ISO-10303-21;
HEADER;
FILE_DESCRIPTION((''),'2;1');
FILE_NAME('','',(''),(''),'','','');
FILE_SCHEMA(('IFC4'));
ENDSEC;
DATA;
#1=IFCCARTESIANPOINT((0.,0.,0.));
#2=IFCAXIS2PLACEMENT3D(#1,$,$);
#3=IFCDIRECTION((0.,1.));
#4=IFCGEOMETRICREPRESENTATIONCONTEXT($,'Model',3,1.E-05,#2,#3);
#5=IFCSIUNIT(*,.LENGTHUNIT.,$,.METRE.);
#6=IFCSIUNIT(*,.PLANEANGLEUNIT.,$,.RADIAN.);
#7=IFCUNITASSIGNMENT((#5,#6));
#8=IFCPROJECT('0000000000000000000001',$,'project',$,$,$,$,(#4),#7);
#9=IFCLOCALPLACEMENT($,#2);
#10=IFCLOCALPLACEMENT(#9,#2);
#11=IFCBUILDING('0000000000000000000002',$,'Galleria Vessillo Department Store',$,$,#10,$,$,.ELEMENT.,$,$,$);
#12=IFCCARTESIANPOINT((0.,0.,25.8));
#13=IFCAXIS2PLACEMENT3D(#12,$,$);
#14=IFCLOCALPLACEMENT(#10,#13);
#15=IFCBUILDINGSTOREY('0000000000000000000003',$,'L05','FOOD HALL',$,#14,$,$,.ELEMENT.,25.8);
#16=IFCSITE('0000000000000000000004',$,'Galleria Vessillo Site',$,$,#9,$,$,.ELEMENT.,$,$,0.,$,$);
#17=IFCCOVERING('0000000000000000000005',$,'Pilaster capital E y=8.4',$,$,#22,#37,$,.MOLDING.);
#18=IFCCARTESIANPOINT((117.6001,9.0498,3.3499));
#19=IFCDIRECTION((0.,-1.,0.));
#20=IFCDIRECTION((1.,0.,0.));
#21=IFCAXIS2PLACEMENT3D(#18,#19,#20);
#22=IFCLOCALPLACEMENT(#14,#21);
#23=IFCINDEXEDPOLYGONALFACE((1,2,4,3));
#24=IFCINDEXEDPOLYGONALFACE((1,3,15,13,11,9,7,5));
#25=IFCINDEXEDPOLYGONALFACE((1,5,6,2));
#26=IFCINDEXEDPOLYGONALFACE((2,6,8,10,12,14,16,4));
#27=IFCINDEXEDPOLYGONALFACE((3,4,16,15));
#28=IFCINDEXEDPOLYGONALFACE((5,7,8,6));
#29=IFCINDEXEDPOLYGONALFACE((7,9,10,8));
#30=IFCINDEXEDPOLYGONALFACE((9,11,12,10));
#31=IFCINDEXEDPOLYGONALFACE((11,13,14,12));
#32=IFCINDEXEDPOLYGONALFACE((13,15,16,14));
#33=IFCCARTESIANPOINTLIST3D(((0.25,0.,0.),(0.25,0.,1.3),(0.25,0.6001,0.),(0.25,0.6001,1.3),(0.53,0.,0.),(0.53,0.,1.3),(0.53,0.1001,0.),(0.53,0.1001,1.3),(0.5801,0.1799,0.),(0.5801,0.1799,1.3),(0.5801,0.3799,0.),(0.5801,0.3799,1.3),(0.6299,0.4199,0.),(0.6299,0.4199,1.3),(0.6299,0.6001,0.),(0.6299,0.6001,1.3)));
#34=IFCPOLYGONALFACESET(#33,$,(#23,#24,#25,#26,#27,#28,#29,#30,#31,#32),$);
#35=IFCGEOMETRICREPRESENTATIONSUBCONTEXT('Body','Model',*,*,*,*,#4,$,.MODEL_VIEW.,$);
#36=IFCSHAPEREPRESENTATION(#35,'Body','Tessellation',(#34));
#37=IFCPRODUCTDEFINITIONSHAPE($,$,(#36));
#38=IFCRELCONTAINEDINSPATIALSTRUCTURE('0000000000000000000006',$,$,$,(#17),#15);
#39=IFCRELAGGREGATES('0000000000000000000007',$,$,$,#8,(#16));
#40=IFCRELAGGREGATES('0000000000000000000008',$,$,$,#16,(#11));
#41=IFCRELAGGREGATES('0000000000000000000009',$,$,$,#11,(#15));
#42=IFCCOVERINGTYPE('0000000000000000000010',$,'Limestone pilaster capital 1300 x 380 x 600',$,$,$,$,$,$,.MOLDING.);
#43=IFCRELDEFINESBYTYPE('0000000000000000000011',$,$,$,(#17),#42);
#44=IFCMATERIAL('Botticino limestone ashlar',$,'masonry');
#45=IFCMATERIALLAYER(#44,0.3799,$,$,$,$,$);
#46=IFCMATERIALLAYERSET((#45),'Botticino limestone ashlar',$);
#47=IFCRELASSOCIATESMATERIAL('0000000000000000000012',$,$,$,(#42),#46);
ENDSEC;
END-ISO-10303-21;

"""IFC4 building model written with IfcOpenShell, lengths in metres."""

from ifc_helpers import new_model, si_unit, direction, frame, origin, place, context, subcontext, project, spatial, polyline, outline, extrude, material, layer, layer_set, type_object, element, save


model = new_model("IFC4")

# Units and contexts
model_context = context("Model", 3, precision=1e-05, world=origin(), true_north=direction((0.0, 1.0)))
body_context = subcontext(model_context, "Body", "Model", "MODEL_VIEW")
ifc_project = project(units=[si_unit("LENGTHUNIT", "METRE"), si_unit("PLANEANGLEUNIT", "RADIAN")], contexts=[model_context])

# Site, building, storey
site_placement = place(None, origin())
site = spatial("IfcSite", under=ifc_project, at=site_placement, Name="Galleria Vessillo Site", CompositionType="ELEMENT", RefElevation=0.0)
building_placement = place(site_placement, origin())
building = spatial("IfcBuilding", under=site, at=building_placement, Name="Galleria Vessillo Department Store", CompositionType="ELEMENT")
storey_placement = place(building_placement, frame((0.0, 0.0, 25.8)))
storey = spatial("IfcBuildingStorey", under=building, at=storey_placement, Name="L05", Description="FOOD HALL", CompositionType="ELEMENT", Elevation=25.8)

# Covering
ifc_material_1 = material(Name="Botticino limestone ashlar", Category="masonry")
ifc_layer_1 = layer(ifc_material_1, 0.3799)
ifc_layer_set_1 = layer_set([ifc_layer_1], Name="Botticino limestone ashlar")
covering_type_1 = type_object("IfcCoveringType", Name="Limestone pilaster capital 1300 x 380 x 600", PredefinedType="MOLDING", material=ifc_layer_set_1)
covering_1_placement = place(storey_placement, frame((117.6001, 9.0498, 3.3499), z_axis=(0.0, -1.0, 0.0), x_axis=(1.0, 0.0, 0.0)))
element("IfcCovering", 1, at=covering_1_placement, inside=storey, type_object=covering_type_1, Name="Pilaster capital E y=8.4", PredefinedType="MOLDING", context=body_context, shape_type="SweptSolid", body=[
    extrude(outline(polyline([(0.25, 0.0), (0.53, 0.0), (0.53, 0.1001), (0.5801, 0.1799), (0.5801, 0.3799), (0.6299, 0.4199), (0.6299, 0.6001), (0.25, 0.6001), (0.25, 0.0)])), origin(), (0.0, 0.0, 1.0), 1.3),
])

save(model, "model.ifc")
